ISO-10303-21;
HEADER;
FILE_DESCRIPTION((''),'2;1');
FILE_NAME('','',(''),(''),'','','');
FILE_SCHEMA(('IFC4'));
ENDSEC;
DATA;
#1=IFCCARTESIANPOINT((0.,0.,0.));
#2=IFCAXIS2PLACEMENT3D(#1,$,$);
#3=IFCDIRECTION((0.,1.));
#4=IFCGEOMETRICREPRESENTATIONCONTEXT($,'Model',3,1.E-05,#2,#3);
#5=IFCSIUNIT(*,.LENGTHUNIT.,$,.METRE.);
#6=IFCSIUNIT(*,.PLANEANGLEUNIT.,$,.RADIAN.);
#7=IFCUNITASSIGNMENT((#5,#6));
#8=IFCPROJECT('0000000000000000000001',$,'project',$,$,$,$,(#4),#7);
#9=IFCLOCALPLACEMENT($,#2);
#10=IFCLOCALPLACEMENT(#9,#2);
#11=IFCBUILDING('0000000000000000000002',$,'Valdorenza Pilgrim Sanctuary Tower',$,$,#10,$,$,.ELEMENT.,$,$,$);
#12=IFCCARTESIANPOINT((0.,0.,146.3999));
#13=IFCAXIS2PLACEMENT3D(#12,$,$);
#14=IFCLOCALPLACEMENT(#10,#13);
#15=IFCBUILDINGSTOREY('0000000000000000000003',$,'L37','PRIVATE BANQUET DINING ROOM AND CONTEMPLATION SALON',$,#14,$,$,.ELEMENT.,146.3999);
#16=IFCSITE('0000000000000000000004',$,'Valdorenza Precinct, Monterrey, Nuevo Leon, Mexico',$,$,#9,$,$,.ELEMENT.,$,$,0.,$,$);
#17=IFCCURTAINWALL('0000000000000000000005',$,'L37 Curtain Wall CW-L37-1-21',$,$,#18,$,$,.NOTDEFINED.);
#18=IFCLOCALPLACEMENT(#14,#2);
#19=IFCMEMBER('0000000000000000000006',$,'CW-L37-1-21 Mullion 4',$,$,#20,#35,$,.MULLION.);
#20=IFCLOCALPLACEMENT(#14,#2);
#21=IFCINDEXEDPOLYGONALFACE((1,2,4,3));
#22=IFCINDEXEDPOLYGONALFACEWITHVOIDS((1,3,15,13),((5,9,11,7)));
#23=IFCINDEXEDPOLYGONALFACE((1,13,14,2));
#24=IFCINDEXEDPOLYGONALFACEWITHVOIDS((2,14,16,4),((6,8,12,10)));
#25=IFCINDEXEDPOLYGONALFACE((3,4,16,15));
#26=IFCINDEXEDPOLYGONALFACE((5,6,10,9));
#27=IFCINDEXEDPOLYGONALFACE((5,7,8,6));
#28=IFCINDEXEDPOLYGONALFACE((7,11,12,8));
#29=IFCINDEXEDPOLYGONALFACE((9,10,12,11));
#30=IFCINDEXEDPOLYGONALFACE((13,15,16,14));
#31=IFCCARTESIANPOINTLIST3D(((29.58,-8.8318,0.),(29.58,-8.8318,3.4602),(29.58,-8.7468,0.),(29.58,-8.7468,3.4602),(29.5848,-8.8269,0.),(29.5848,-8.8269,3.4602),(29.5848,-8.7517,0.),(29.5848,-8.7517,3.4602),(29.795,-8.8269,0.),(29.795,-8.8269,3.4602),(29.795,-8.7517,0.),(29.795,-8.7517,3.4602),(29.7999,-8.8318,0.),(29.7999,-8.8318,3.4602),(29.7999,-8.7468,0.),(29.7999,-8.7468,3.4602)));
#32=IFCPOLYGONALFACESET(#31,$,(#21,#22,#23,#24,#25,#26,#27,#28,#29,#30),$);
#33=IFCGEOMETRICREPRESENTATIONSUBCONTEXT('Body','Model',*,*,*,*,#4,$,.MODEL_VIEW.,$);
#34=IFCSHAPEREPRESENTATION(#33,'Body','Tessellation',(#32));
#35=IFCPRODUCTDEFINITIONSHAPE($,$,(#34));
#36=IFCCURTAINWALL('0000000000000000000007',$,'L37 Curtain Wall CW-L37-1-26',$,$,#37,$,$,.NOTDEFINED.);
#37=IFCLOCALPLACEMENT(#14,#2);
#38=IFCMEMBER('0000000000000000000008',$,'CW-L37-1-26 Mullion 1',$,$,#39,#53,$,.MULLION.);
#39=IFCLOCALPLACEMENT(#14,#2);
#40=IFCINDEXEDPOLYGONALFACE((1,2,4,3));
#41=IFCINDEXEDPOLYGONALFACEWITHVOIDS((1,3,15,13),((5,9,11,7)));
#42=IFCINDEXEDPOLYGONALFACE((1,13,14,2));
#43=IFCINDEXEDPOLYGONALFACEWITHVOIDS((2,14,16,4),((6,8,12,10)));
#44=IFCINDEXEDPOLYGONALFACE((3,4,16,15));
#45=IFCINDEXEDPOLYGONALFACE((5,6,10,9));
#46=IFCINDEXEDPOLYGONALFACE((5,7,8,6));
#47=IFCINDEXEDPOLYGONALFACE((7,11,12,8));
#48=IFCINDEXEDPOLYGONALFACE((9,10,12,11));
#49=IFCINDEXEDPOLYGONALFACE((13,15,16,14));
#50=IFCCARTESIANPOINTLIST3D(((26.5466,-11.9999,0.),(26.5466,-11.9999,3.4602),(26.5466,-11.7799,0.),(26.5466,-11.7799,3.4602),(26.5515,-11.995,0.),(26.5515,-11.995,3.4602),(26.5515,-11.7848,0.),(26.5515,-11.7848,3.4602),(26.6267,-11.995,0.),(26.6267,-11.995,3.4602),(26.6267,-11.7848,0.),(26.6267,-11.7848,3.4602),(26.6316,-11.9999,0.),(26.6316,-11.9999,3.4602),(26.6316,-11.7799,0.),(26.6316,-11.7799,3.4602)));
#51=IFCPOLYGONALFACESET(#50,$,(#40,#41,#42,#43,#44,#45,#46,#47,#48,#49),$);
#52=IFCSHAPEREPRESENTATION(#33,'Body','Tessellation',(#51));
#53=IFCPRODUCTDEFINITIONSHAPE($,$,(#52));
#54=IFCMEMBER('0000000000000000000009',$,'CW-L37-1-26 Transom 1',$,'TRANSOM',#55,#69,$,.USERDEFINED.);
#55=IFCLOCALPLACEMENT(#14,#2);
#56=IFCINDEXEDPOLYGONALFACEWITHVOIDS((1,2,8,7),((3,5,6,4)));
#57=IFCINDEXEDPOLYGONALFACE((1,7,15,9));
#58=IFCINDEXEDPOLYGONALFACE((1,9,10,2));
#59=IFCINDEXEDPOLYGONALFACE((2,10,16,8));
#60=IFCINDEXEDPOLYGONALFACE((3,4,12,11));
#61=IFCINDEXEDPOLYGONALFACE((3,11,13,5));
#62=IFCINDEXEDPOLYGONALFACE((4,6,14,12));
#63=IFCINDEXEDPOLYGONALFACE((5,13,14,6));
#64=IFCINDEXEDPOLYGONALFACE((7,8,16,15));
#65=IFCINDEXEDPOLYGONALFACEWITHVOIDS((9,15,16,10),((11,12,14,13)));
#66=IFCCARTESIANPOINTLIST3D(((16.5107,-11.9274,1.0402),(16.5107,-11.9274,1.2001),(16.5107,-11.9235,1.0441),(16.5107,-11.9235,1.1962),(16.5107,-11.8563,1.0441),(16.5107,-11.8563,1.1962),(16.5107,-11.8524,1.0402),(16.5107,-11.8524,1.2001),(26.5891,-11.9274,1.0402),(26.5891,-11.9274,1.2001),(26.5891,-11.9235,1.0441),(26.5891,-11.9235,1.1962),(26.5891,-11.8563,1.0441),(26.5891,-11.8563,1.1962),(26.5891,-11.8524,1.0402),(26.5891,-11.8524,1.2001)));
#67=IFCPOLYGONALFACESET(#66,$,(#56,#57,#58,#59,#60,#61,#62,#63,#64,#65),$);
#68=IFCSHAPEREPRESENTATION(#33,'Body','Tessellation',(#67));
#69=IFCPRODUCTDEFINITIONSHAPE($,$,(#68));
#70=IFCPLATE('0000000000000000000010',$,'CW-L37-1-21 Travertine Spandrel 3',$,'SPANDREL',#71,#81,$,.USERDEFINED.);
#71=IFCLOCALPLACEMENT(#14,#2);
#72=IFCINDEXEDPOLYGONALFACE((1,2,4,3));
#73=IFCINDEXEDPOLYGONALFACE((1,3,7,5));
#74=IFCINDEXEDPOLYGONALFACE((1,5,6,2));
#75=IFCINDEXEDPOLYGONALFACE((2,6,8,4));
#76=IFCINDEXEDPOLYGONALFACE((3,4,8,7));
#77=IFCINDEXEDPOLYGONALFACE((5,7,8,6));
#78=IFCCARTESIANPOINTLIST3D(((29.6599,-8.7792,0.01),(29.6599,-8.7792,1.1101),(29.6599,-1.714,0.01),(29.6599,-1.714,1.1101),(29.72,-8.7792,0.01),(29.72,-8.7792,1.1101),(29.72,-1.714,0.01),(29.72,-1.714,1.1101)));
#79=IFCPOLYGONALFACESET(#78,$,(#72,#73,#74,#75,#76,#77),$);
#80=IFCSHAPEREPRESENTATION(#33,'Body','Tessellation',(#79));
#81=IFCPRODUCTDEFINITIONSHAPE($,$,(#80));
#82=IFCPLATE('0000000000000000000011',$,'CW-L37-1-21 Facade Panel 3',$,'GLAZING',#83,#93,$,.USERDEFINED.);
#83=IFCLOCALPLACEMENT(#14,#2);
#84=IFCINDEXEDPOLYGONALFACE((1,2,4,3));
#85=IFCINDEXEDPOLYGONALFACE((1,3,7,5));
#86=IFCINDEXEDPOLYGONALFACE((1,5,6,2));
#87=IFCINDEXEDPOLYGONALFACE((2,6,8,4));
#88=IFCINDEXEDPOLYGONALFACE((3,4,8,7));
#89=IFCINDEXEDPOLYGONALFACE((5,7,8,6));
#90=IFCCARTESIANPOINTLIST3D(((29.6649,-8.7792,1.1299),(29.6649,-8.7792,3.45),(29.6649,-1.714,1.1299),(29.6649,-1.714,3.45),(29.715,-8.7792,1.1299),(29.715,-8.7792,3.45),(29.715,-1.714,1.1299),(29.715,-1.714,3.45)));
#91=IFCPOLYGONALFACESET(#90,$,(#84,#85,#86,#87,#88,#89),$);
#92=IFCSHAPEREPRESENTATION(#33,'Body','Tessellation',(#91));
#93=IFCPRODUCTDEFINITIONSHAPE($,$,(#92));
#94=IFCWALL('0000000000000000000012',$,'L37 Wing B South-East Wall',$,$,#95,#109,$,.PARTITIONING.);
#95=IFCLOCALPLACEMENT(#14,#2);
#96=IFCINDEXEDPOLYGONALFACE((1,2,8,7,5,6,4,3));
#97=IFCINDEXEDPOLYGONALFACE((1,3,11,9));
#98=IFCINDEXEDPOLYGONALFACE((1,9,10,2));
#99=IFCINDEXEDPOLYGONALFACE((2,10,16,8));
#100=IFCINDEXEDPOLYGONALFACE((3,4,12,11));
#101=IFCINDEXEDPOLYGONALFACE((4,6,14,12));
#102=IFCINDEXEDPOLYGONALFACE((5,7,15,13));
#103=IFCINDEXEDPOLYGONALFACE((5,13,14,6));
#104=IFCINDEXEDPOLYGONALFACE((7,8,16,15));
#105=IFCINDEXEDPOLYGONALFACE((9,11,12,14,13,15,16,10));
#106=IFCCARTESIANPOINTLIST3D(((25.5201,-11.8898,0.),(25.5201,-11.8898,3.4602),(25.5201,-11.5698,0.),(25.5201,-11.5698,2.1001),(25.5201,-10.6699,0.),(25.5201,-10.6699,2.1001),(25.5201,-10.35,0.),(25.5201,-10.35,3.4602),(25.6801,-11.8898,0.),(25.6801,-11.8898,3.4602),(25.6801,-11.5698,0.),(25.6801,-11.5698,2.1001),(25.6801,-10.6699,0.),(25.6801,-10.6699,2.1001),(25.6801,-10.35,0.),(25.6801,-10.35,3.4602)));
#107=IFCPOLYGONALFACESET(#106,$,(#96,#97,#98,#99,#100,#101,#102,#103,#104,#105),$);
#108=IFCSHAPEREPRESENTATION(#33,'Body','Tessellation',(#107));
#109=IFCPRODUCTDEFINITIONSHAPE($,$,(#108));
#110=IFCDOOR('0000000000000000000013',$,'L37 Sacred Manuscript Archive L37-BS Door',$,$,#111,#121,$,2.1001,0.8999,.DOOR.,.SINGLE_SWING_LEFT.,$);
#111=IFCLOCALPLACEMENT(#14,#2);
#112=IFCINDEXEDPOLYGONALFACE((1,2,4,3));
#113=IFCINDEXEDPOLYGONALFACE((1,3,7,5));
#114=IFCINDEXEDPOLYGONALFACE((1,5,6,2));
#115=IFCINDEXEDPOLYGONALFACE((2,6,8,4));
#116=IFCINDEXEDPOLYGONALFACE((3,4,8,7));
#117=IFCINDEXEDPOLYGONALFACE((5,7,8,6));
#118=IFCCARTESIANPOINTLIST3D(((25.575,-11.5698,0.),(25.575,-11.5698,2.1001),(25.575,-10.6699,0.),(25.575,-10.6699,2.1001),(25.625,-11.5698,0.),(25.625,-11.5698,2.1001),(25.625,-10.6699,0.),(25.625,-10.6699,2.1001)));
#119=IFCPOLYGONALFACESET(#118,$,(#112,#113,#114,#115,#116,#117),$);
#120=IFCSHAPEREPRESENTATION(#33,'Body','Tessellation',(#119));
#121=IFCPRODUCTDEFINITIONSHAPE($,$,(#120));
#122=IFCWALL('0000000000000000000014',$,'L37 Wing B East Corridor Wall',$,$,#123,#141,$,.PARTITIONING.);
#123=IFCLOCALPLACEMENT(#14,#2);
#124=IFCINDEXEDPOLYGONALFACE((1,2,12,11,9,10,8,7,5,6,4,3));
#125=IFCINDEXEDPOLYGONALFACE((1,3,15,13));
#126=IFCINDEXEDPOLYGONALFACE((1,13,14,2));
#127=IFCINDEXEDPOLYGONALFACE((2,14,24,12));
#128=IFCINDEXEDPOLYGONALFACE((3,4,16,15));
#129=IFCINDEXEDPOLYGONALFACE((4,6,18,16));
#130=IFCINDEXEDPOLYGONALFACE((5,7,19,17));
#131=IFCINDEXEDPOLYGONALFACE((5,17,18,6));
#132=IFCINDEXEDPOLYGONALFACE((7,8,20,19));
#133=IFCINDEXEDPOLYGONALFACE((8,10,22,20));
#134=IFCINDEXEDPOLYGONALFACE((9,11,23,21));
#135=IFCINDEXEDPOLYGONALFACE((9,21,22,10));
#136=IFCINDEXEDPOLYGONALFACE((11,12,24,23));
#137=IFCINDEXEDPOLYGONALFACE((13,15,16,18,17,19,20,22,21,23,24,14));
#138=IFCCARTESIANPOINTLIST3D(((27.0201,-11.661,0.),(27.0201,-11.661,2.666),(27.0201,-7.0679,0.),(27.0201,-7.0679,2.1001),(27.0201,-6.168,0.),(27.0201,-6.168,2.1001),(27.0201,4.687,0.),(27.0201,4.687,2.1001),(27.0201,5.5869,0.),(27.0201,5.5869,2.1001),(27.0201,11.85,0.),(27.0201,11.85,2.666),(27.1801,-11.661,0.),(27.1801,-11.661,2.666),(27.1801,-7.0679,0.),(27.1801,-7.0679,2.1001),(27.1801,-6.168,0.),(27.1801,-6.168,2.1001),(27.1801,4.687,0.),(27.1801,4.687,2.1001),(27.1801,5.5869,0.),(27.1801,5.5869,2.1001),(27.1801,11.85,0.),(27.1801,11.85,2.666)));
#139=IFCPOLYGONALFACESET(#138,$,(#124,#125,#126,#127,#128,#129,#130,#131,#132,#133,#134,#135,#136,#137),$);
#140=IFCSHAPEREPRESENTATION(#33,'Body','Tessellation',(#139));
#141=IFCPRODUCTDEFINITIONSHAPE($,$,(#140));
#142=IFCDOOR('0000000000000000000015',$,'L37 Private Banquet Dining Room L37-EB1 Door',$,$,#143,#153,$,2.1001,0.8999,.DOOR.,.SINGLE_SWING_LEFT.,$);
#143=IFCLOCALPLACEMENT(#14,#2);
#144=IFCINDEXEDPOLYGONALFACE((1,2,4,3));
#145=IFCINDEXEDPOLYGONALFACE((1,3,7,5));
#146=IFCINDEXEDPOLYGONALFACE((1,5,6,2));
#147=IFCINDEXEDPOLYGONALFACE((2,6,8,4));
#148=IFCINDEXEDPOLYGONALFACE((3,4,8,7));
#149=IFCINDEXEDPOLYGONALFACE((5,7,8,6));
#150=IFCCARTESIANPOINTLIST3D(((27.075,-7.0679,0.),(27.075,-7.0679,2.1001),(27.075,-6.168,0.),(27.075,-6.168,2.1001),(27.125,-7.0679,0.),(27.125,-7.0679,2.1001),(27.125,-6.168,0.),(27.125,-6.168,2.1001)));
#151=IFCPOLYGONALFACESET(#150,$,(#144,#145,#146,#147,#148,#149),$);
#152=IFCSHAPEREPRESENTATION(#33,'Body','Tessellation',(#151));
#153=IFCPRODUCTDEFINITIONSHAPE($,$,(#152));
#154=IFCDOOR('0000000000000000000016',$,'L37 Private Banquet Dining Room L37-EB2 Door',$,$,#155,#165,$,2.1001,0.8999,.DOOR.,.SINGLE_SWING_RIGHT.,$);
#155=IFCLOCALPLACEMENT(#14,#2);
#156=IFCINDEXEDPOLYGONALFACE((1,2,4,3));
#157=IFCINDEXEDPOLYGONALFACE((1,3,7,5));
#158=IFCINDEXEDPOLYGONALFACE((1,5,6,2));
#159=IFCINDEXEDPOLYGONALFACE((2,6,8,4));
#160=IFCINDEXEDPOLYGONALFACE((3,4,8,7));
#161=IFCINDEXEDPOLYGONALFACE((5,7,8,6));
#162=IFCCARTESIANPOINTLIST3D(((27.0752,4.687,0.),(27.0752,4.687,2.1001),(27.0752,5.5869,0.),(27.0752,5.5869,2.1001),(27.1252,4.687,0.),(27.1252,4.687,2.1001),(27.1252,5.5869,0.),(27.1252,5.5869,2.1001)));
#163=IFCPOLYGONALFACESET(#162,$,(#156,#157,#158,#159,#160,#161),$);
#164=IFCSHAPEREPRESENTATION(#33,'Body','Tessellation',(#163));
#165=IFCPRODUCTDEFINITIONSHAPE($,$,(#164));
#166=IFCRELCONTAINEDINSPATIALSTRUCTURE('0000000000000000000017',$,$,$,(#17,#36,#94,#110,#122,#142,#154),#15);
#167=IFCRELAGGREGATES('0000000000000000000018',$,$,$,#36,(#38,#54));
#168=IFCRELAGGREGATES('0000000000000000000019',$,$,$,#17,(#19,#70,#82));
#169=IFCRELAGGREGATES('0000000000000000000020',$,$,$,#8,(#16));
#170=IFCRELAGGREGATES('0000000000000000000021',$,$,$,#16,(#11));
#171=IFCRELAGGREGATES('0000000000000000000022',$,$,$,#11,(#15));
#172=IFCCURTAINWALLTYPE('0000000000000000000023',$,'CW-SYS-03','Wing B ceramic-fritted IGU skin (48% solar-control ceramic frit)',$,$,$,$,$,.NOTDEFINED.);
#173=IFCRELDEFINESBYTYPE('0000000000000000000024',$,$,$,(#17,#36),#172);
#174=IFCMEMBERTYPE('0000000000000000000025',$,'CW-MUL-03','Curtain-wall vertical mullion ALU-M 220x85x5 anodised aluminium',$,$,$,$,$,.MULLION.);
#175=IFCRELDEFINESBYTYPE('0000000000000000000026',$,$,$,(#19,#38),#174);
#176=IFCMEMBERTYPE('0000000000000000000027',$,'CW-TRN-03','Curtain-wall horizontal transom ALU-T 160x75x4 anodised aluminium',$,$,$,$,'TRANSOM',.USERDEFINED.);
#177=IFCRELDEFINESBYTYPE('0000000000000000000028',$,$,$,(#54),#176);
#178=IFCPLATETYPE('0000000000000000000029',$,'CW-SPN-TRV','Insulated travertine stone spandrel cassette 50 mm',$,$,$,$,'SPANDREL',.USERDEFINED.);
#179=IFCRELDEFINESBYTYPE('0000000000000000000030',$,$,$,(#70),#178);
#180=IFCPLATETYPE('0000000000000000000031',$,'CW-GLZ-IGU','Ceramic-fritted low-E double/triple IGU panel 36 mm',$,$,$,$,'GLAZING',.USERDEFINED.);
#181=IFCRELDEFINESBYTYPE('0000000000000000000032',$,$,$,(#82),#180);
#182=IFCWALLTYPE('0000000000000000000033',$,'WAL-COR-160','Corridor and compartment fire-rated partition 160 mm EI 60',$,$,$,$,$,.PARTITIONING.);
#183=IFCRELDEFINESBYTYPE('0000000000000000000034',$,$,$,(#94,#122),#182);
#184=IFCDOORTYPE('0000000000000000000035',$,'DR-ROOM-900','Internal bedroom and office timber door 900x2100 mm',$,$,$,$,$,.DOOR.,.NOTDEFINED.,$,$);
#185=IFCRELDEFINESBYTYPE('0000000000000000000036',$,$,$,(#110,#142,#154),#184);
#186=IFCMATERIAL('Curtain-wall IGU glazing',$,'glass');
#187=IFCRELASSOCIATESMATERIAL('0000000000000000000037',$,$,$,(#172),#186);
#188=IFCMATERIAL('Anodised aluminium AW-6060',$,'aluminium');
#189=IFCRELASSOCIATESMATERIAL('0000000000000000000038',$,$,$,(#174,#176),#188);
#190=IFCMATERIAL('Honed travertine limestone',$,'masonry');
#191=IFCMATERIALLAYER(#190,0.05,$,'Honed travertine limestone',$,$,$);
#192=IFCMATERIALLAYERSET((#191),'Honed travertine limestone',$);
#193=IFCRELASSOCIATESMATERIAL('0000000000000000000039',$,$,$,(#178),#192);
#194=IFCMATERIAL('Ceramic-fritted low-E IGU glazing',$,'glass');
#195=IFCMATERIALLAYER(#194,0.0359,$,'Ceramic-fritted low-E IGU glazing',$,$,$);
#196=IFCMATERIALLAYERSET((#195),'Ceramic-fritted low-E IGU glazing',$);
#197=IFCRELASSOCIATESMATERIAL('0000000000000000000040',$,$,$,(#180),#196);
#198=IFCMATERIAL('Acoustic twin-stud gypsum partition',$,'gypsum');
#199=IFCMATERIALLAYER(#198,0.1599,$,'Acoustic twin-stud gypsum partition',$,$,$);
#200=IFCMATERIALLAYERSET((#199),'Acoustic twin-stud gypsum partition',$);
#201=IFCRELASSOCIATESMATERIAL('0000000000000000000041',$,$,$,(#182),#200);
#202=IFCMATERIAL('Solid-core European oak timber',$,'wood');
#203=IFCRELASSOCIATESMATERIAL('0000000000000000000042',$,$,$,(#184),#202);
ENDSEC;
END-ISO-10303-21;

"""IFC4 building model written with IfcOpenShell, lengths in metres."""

from ifc_helpers import new_model, si_unit, direction, frame, frame_2d, origin, origin_2d, place, context, subcontext, project, spatial, rectangle, hollow_rectangle, extrude, source, transform, mapped, material, layer, layer_set, material_profile, profile_set, type_object, element, fill, aggregate, save


model = new_model("IFC4")

# Units and contexts
model_context = context("Model", 3, precision=1e-05, world=origin(), true_north=direction((0.0, 1.0)))
body_context = subcontext(model_context, "Body", "Model", "MODEL_VIEW")
ifc_project = project(units=[si_unit("LENGTHUNIT", "METRE"), si_unit("PLANEANGLEUNIT", "RADIAN")], contexts=[model_context])

# Site, building, storey
site_placement = place(None, origin())
site = spatial("IfcSite", under=ifc_project, at=site_placement, Name="Valdorenza Precinct, Monterrey, Nuevo Leon, Mexico", CompositionType="ELEMENT", RefElevation=0.0)
building_placement = place(site_placement, origin())
building = spatial("IfcBuilding", under=site, at=building_placement, Name="Valdorenza Pilgrim Sanctuary Tower", CompositionType="ELEMENT")
storey_placement = place(building_placement, frame((0.0, 0.0, 146.3999)))
storey = spatial("IfcBuildingStorey", under=building, at=storey_placement, Name="L37", Description="PRIVATE BANQUET DINING ROOM AND CONTEMPLATION SALON", CompositionType="ELEMENT", Elevation=146.3999)

# Curtain walls, members
ifc_material_1 = material(Name="Curtain-wall IGU glazing", Category="glass")
curtain_wall_type = type_object("IfcCurtainWallType", Name="CW-SYS-03", Description="Wing B ceramic-fritted IGU skin (48% solar-control ceramic frit)", PredefinedType="NOTDEFINED", material=ifc_material_1)
curtain_wall_1_placement = place(storey_placement, origin())
curtain_wall_1 = element("IfcCurtainWall", 1, at=curtain_wall_1_placement, inside=storey, type_object=curtain_wall_type, Name="L37 Curtain Wall CW-L37-1-21", PredefinedType="NOTDEFINED")
ifc_material_2 = material(Name="Anodised aluminium AW-6060", Category="aluminium")
ifc_material_profile_1 = material_profile(ifc_material_2, hollow_rectangle(XDim=0.085, YDim=0.22, WallThickness=0.0049, at=origin_2d()), Name="ALU-M 220x85x5")
ifc_profile_set_1 = profile_set([ifc_material_profile_1], Name="Anodised aluminium AW-6060")
member_type_1 = type_object("IfcMemberType", Name="CW-MUL-03", Description="Curtain-wall vertical mullion ALU-M 220x85x5 anodised aluminium", PredefinedType="MULLION", material=ifc_profile_set_1)
shared_shape_1 = source(origin(), body_context, "Body", "SweptSolid", [
    extrude(hollow_rectangle(XDim=0.085, YDim=0.22, WallThickness=0.0049, at=origin_2d()), origin(), (0.0, 0.0, 1.0), 3.4602),
])
member_1_placement = place(storey_placement, frame((29.6899, -8.7893, 0.0), z_axis=(0.0, 0.0, 1.0), x_axis=(0.0, -1.0, 0.0)))
member_1 = element("IfcMember", 2, at=member_1_placement, type_object=member_type_1, Name="CW-L37-1-21 Mullion 4", PredefinedType="MULLION", context=body_context, shape_type="MappedRepresentation", body=[
    mapped(shared_shape_1, transform((0.0, 0.0, 0.0), x_axis=(1.0, 0.0, 0.0), y_axis=(0.0, 1.0, 0.0), z_axis=(0.0, 0.0, 1.0), scale=1.0)),
])
curtain_wall_2_placement = place(storey_placement, origin())
curtain_wall_2 = element("IfcCurtainWall", 3, at=curtain_wall_2_placement, inside=storey, type_object=curtain_wall_type, Name="L37 Curtain Wall CW-L37-1-26", PredefinedType="NOTDEFINED")
member_2_placement = place(storey_placement, frame((26.5891, -11.8899, 0.0), z_axis=(0.0, 0.0, 1.0), x_axis=(-1.0, 0.0, 0.0)))
member_2 = element("IfcMember", 4, at=member_2_placement, type_object=member_type_1, Name="CW-L37-1-26 Mullion 1", PredefinedType="MULLION", context=body_context, shape_type="MappedRepresentation", body=[
    mapped(shared_shape_1, transform((0.0, 0.0, 0.0), x_axis=(1.0, 0.0, 0.0), y_axis=(0.0, 1.0, 0.0), z_axis=(0.0, 0.0, 1.0), scale=1.0)),
])
ifc_material_profile_2 = material_profile(ifc_material_2, hollow_rectangle(XDim=0.075, YDim=0.1599, WallThickness=0.0039, at=origin_2d()), Name="ALU-T 160x75x4")
ifc_profile_set_2 = profile_set([ifc_material_profile_2], Name="Anodised aluminium AW-6060")
member_type_2 = type_object("IfcMemberType", Name="CW-TRN-03", Description="Curtain-wall horizontal transom ALU-T 160x75x4 anodised aluminium", ElementType="TRANSOM", PredefinedType="USERDEFINED", material=ifc_profile_set_2)
shared_shape_2 = source(origin(), body_context, "Body", "SweptSolid", [
    extrude(hollow_rectangle(XDim=0.075, YDim=0.1599, WallThickness=0.0039, at=origin_2d()), origin(), (0.0, 0.0, 1.0), 10.0784),
])
member_3_placement = place(storey_placement, frame((26.5891, -11.8899, 1.1201), z_axis=(-1.0, 0.0, 0.0), x_axis=(0.0, -1.0, 0.0)))
member_3 = element("IfcMember", 5, at=member_3_placement, type_object=member_type_2, Name="CW-L37-1-26 Transom 1", ObjectType="TRANSOM", PredefinedType="USERDEFINED", context=body_context, shape_type="MappedRepresentation", body=[
    mapped(shared_shape_2, transform((0.0, 0.0, 0.0), x_axis=(1.0, 0.0, 0.0), y_axis=(0.0, 1.0, 0.0), z_axis=(0.0, 0.0, 1.0), scale=1.0)),
])
aggregate(curtain_wall_2, [member_2, member_3])

# Plates
ifc_material_3 = material(Name="Honed travertine limestone", Category="masonry")
ifc_layer_1 = layer(ifc_material_3, 0.05, Name="Honed travertine limestone")
ifc_layer_set_1 = layer_set([ifc_layer_1], Name="Honed travertine limestone")
plate_type_1 = type_object("IfcPlateType", Name="CW-SPN-TRV", Description="Insulated travertine stone spandrel cassette 50 mm", ElementType="SPANDREL", PredefinedType="USERDEFINED", material=ifc_layer_set_1)
shared_shape_3 = source(origin(), body_context, "Body", "SweptSolid", [
    extrude(rectangle(XDim=7.0652, YDim=0.0601, at=origin_2d()), origin(), (0.0, 0.0, 1.0), 1.1001),
])
plate_1_placement = place(storey_placement, frame((29.6899, -5.2466, 0.01), z_axis=(0.0, 0.0, 1.0), x_axis=(0.0, -1.0, 0.0)))
plate_1 = element("IfcPlate", 6, at=plate_1_placement, type_object=plate_type_1, Name="CW-L37-1-21 Travertine Spandrel 3", ObjectType="SPANDREL", PredefinedType="USERDEFINED", context=body_context, shape_type="MappedRepresentation", body=[
    mapped(shared_shape_3, transform((0.0, 0.0, 0.0), x_axis=(1.0, 0.0, 0.0), y_axis=(0.0, 1.0, 0.0), z_axis=(0.0, 0.0, 1.0), scale=1.0)),
])
ifc_material_4 = material(Name="Ceramic-fritted low-E IGU glazing", Category="glass")
ifc_layer_2 = layer(ifc_material_4, 0.0359, Name="Ceramic-fritted low-E IGU glazing")
ifc_layer_set_2 = layer_set([ifc_layer_2], Name="Ceramic-fritted low-E IGU glazing")
plate_type_2 = type_object("IfcPlateType", Name="CW-GLZ-IGU", Description="Ceramic-fritted low-E double/triple IGU panel 36 mm", ElementType="GLAZING", PredefinedType="USERDEFINED", material=ifc_layer_set_2)
shared_shape_4 = source(origin(), body_context, "Body", "SweptSolid", [
    extrude(rectangle(XDim=7.0652, YDim=0.05, at=origin_2d()), origin(), (0.0, 0.0, 1.0), 2.3201),
])
plate_2_placement = place(storey_placement, frame((29.6899, -5.2466, 1.1299), z_axis=(0.0, 0.0, 1.0), x_axis=(0.0, -1.0, 0.0)))
plate_2 = element("IfcPlate", 7, at=plate_2_placement, type_object=plate_type_2, Name="CW-L37-1-21 Facade Panel 3", ObjectType="GLAZING", PredefinedType="USERDEFINED", context=body_context, shape_type="MappedRepresentation", body=[
    mapped(shared_shape_4, transform((0.0, 0.0, 0.0), x_axis=(1.0, 0.0, 0.0), y_axis=(0.0, 1.0, 0.0), z_axis=(0.0, 0.0, 1.0), scale=1.0)),
])
aggregate(curtain_wall_1, [member_1, plate_1, plate_2])

# Wall, opening, door
ifc_material_5 = material(Name="Acoustic twin-stud gypsum partition", Category="gypsum")
ifc_layer_3 = layer(ifc_material_5, 0.1599, Name="Acoustic twin-stud gypsum partition")
ifc_layer_set_3 = layer_set([ifc_layer_3], Name="Acoustic twin-stud gypsum partition")
wall_type_1 = type_object("IfcWallType", Name="WAL-COR-160", Description="Corridor and compartment fire-rated partition 160 mm EI 60", PredefinedType="PARTITIONING", material=ifc_layer_set_3)
wall_1_placement = place(storey_placement, frame((25.6001, -11.8899, 0.0), z_axis=(0.0, 0.0, 1.0), x_axis=(0.0, 1.0, 0.0)))
wall_1 = element("IfcWall", 8, at=wall_1_placement, inside=storey, type_object=wall_type_1, Name="L37 Wing B South-East Wall", PredefinedType="PARTITIONING", context=body_context, shape_type="SweptSolid", body=[
    extrude(rectangle(XDim=1.5398, YDim=0.1599, at=frame_2d((0.77, 0.0))), origin(), (0.0, 0.0, 1.0), 3.4602),
])
opening_1_placement = place(wall_1_placement, frame((0.3201, 0.0, 0.0)))
opening_1 = element("IfcOpeningElement", 9, at=opening_1_placement, cuts=wall_1, PredefinedType="OPENING", context=body_context, shape_type="SweptSolid", body=[
    extrude(rectangle(XDim=0.8999, YDim=2.1001, at=frame_2d((0.45, 1.05))), frame((0.0, 0.0947, 0.0), z_axis=(0.0, -1.0, 0.0), x_axis=(1.0, 0.0, 0.0)), (0.0, 0.0, 1.0), 0.1897),
])
ifc_material_6 = material(Name="Solid-core European oak timber", Category="wood")
door_type = type_object("IfcDoorType", Name="DR-ROOM-900", Description="Internal bedroom and office timber door 900x2100 mm", OperationType="NOTDEFINED", PredefinedType="DOOR", material=ifc_material_6)
door_1_placement = place(opening_1_placement, frame((0.8999, 0.0, 0.0), z_axis=(0.0, 0.0, 1.0), x_axis=(-1.0, 0.0, 0.0)))
door_1 = element("IfcDoor", 10, at=door_1_placement, inside=storey, type_object=door_type, Name="L37 Sacred Manuscript Archive L37-BS Door", OperationType="SINGLE_SWING_LEFT", OverallHeight=2.1001, OverallWidth=0.8999, PredefinedType="DOOR", context=body_context, shape_type="SweptSolid", body=[
    extrude(rectangle(XDim=0.8999, YDim=2.1001, at=frame_2d((0.45, 1.05))), frame((0.0, 0.0249, 0.0), z_axis=(0.0, -1.0, 0.0), x_axis=(1.0, 0.0, 0.0)), (0.0, 0.0, 1.0), 0.05),
])
fill(opening_1, door_1)

# Wall, openings, doors
wall_2_placement = place(storey_placement, frame((27.1001, -11.6609, 0.0), z_axis=(0.0, 0.0, 1.0), x_axis=(0.0, 1.0, 0.0)))
wall_2 = element("IfcWall", 11, at=wall_2_placement, inside=storey, type_object=wall_type_1, Name="L37 Wing B East Corridor Wall", PredefinedType="PARTITIONING", context=body_context, shape_type="SweptSolid", body=[
    extrude(rectangle(XDim=23.511, YDim=0.1599, at=frame_2d((11.7554, 0.0))), origin(), (0.0, 0.0, 1.0), 2.666),
])
opening_2_placement = place(wall_2_placement, frame((4.593, 0.0, 0.0)))
opening_2 = element("IfcOpeningElement", 12, at=opening_2_placement, cuts=wall_2, PredefinedType="OPENING", context=body_context, shape_type="SweptSolid", body=[
    extrude(rectangle(XDim=0.8999, YDim=2.1001, at=frame_2d((0.45, 1.05))), frame((0.0, 0.0947, 0.0), z_axis=(0.0, -1.0, 0.0), x_axis=(1.0, 0.0, 0.0)), (0.0, 0.0, 1.0), 0.1897),
])
opening_3_placement = place(wall_2_placement, frame((16.3479, 0.0, 0.0)))
opening_3 = element("IfcOpeningElement", 13, at=opening_3_placement, cuts=wall_2, PredefinedType="OPENING", context=body_context, shape_type="SweptSolid", body=[
    extrude(rectangle(XDim=0.8999, YDim=2.1001, at=frame_2d((0.45, 1.05))), frame((0.0, 0.0947, 0.0), z_axis=(0.0, -1.0, 0.0), x_axis=(1.0, 0.0, 0.0)), (0.0, 0.0, 1.0), 0.1897),
])
door_2_placement = place(opening_2_placement, frame((0.8999, 0.0, 0.0), z_axis=(0.0, 0.0, 1.0), x_axis=(-1.0, 0.0, 0.0)))
door_2 = element("IfcDoor", 14, at=door_2_placement, inside=storey, type_object=door_type, Name="L37 Private Banquet Dining Room L37-EB1 Door", OperationType="SINGLE_SWING_LEFT", OverallHeight=2.1001, OverallWidth=0.8999, PredefinedType="DOOR", context=body_context, shape_type="SweptSolid", body=[
    extrude(rectangle(XDim=0.8999, YDim=2.1001, at=frame_2d((0.45, 1.05))), frame((0.0, 0.0249, 0.0), z_axis=(0.0, -1.0, 0.0), x_axis=(1.0, 0.0, 0.0)), (0.0, 0.0, 1.0), 0.05),
])
fill(opening_2, door_2)
door_3_placement = place(opening_3_placement, origin())
door_3 = element("IfcDoor", 15, at=door_3_placement, inside=storey, type_object=door_type, Name="L37 Private Banquet Dining Room L37-EB2 Door", OperationType="SINGLE_SWING_RIGHT", OverallHeight=2.1001, OverallWidth=0.8999, PredefinedType="DOOR", context=body_context, shape_type="SweptSolid", body=[
    extrude(rectangle(XDim=0.8999, YDim=2.1001, at=frame_2d((0.45, 1.05))), frame((0.0, 0.0249, 0.0), z_axis=(0.0, -1.0, 0.0), x_axis=(1.0, 0.0, 0.0)), (0.0, 0.0, 1.0), 0.05),
])
fill(opening_3, door_3)

save(model, "model.ifc")
